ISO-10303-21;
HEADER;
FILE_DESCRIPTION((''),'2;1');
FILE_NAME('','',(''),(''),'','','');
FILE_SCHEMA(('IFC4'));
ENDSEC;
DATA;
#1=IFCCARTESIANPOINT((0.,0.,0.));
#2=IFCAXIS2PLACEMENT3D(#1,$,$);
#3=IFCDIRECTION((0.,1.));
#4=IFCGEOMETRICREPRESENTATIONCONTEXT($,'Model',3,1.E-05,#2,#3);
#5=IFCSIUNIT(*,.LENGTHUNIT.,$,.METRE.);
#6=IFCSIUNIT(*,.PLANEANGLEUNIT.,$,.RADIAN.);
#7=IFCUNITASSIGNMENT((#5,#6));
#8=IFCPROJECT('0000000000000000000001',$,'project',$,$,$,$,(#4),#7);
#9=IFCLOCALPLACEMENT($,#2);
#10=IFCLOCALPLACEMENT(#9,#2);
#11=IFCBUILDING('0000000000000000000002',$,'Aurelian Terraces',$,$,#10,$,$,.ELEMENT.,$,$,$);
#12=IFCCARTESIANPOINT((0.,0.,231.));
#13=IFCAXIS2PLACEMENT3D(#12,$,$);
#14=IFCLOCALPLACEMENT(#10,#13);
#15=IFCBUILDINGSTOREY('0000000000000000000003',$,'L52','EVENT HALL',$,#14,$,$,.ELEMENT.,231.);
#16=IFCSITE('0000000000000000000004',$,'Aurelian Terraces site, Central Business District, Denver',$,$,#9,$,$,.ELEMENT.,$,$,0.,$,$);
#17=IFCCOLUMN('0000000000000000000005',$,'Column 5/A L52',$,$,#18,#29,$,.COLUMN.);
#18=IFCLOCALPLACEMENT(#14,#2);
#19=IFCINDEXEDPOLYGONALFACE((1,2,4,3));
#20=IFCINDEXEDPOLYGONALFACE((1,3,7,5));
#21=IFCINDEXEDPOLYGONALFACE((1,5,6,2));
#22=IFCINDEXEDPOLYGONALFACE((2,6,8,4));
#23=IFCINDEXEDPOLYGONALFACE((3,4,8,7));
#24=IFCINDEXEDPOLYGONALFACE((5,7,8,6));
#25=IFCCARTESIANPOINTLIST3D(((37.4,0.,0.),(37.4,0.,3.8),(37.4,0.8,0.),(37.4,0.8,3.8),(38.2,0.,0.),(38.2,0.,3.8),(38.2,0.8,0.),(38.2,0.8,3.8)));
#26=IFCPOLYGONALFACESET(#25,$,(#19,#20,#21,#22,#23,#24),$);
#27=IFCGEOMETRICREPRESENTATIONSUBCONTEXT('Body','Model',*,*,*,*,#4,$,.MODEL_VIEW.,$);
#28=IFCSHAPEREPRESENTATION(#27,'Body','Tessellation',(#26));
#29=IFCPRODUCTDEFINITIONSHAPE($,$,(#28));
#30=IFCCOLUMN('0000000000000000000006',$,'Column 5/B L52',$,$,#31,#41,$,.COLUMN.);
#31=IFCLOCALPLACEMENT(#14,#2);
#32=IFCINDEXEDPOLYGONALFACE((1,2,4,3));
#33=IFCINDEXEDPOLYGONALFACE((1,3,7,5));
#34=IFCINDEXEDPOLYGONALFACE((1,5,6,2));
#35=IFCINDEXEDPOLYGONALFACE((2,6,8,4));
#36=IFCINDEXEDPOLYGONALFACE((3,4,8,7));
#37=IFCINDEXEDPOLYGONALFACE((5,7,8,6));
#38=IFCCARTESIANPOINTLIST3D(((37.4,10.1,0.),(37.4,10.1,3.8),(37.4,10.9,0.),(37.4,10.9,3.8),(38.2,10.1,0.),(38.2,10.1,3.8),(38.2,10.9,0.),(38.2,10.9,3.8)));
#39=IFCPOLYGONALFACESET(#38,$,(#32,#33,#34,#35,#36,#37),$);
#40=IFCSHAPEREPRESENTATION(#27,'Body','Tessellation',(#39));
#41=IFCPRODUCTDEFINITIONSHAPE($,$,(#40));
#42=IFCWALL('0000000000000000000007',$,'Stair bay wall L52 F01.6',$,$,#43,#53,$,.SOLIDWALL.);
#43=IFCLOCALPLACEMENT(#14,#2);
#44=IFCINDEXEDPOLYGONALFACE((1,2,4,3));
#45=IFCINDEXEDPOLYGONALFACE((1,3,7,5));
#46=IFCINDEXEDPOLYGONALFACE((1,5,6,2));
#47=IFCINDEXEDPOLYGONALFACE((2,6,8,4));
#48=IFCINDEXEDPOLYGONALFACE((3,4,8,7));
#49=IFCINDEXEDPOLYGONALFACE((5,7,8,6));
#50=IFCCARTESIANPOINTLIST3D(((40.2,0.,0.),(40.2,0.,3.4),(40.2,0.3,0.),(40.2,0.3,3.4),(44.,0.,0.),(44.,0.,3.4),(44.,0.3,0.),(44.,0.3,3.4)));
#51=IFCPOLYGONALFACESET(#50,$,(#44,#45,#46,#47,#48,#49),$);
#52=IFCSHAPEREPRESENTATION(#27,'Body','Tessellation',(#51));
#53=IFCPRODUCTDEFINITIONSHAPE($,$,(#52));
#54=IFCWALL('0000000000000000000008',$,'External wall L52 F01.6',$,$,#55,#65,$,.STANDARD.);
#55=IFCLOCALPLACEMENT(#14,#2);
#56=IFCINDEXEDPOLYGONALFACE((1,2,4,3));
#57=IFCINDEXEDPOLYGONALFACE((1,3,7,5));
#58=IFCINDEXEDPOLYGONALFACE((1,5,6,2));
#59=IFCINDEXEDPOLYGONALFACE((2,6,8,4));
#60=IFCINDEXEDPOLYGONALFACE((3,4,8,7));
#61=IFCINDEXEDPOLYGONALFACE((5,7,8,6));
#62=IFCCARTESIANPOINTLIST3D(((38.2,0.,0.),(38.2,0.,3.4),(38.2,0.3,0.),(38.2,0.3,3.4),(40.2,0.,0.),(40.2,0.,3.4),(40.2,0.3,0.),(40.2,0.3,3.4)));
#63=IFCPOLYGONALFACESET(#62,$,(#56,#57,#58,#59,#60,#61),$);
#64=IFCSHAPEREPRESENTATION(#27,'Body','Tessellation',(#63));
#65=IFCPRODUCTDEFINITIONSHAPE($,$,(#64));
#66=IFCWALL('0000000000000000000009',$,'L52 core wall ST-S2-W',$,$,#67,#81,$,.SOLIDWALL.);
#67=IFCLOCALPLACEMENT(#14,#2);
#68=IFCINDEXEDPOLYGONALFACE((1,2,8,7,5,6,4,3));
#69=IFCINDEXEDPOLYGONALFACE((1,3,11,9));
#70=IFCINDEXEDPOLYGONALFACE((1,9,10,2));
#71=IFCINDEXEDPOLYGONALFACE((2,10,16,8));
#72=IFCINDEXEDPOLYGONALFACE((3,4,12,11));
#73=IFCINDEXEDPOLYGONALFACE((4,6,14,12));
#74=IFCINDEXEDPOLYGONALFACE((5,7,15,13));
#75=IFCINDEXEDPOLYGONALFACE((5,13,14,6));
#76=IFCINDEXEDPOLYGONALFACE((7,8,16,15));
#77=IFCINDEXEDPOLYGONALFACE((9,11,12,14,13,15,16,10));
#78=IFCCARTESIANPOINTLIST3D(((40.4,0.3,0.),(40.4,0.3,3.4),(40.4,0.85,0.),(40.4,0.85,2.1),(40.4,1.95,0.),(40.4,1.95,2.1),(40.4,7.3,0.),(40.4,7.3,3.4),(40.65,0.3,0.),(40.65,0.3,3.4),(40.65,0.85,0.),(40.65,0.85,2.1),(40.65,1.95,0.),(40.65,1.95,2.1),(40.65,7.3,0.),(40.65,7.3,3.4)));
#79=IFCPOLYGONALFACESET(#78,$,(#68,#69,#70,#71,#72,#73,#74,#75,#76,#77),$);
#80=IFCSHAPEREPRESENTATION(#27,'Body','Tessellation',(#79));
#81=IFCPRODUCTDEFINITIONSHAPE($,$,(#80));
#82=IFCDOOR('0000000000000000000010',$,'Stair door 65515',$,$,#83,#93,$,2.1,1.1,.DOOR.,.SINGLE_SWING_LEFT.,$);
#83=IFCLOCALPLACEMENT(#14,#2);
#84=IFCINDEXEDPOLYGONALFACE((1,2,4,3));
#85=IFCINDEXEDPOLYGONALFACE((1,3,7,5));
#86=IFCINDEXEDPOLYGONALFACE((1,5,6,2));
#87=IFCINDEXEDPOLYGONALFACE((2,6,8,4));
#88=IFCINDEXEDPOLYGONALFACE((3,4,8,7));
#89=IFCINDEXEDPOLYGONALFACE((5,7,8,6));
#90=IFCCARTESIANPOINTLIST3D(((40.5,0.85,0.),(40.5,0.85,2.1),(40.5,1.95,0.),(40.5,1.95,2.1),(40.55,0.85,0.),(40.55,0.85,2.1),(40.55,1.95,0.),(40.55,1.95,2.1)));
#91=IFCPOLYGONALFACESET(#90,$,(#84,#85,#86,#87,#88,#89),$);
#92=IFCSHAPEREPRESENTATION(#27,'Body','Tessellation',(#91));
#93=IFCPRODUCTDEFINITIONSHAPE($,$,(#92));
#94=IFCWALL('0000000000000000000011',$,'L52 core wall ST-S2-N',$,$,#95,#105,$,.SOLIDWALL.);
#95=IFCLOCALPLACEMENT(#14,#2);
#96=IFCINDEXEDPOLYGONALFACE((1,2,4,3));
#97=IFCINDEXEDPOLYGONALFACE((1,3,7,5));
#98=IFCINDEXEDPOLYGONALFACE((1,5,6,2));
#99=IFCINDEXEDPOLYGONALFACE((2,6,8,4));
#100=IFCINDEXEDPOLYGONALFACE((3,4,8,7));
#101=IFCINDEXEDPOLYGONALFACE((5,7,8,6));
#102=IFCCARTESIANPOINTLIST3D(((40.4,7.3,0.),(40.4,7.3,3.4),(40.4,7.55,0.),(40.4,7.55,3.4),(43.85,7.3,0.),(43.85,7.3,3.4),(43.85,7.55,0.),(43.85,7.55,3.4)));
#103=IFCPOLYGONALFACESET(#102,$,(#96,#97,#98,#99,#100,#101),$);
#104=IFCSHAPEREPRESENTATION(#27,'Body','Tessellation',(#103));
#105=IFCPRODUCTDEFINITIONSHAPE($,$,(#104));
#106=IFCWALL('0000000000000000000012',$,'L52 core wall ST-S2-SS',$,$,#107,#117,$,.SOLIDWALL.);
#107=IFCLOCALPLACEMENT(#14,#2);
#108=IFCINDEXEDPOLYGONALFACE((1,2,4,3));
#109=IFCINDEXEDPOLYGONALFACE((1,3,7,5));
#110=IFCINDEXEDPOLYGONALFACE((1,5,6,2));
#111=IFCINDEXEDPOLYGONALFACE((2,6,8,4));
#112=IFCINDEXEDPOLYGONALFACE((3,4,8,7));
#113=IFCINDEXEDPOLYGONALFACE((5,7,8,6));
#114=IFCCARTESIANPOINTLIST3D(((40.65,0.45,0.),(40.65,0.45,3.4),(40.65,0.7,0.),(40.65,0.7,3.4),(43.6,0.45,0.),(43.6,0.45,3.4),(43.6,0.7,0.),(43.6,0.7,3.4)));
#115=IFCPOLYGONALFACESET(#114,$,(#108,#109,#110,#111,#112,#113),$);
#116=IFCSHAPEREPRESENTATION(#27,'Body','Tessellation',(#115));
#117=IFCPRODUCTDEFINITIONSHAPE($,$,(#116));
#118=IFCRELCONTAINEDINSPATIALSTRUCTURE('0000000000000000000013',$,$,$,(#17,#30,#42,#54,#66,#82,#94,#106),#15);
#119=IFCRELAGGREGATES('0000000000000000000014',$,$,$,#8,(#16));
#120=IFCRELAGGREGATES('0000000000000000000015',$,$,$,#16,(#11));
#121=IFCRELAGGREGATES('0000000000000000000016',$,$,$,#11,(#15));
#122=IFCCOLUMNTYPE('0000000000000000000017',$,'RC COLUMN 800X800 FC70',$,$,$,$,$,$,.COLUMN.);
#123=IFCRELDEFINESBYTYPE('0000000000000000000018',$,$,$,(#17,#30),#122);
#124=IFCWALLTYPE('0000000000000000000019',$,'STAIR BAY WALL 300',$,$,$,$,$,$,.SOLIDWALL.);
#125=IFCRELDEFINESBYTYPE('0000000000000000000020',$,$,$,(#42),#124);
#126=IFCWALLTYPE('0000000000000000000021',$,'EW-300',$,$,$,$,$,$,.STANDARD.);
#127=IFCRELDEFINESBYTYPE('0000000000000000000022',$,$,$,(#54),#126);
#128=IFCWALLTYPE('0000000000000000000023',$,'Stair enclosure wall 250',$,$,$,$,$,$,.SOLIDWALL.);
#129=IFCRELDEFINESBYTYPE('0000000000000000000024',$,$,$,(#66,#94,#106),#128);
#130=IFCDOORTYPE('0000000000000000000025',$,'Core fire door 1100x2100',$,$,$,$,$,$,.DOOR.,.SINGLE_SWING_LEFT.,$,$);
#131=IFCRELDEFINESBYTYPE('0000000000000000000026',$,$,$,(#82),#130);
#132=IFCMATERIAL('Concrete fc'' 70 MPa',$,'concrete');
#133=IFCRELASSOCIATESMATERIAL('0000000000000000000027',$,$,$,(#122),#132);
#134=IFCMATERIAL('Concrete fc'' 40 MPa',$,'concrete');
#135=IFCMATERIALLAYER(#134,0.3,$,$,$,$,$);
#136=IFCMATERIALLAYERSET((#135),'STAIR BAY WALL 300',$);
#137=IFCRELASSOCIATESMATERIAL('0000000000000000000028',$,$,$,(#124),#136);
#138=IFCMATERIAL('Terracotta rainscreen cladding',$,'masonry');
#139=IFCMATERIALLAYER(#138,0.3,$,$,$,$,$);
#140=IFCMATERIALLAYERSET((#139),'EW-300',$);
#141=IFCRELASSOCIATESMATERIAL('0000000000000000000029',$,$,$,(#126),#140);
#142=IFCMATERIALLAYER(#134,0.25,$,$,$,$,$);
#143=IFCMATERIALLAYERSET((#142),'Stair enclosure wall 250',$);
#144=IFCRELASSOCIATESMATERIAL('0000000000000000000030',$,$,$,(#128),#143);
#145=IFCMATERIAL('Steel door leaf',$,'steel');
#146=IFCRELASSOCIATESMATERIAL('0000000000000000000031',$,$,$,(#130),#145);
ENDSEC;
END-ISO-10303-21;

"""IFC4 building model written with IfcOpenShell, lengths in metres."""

from ifc_helpers import new_model, si_unit, direction, frame, frame_2d, origin, origin_2d, place, context, subcontext, project, spatial, rectangle, extrude, source, transform, mapped, material, layer, layer_set, material_profile, profile_set, type_object, element, fill, save


model = new_model("IFC4")

# Units and contexts
model_context = context("Model", 3, precision=1e-05, world=origin(), true_north=direction((0.0, 1.0)))
body_context = subcontext(model_context, "Body", "Model", "MODEL_VIEW")
ifc_project = project(units=[si_unit("LENGTHUNIT", "METRE"), si_unit("PLANEANGLEUNIT", "RADIAN")], contexts=[model_context])

# Site, building, storey
site_placement = place(None, origin())
site = spatial("IfcSite", under=ifc_project, at=site_placement, Name="Aurelian Terraces site, Central Business District, Denver", CompositionType="ELEMENT", RefElevation=0.0)
building_placement = place(site_placement, origin())
building = spatial("IfcBuilding", under=site, at=building_placement, Name="Aurelian Terraces", CompositionType="ELEMENT")
storey_placement = place(building_placement, frame((0.0, 0.0, 231.0)))
storey = spatial("IfcBuildingStorey", under=building, at=storey_placement, Name="L52", Description="EVENT HALL", CompositionType="ELEMENT", Elevation=231.0)

# Columns
ifc_material_1 = material(Name="Concrete fc' 70 MPa", Category="concrete")
ifc_material_profile = material_profile(ifc_material_1, rectangle(XDim=0.8, YDim=0.8, at=origin_2d()))
ifc_profile_set = profile_set([ifc_material_profile], Name="Concrete fc' 70 MPa")
column_type = type_object("IfcColumnType", Name="RC COLUMN 800X800 FC70", PredefinedType="COLUMN", material=ifc_profile_set)
shared_shape_1 = source(origin(), body_context, "Body", "SweptSolid", [
    extrude(rectangle(XDim=0.8, YDim=0.8, at=origin_2d()), origin(), (0.0, 0.0, 1.0), 3.8),
])
for number, where, z_axis, x_axis, name in (
    (1, (37.8, 0.4, 0.0), (0.0, 0.0, 1.0), (1.0, 0.0, 0.0), "Column 5/A L52"),
    (2, (37.8, 10.5, 0.0), (0.0, 0.0, 1.0), (1.0, 0.0, 0.0), "Column 5/B L52"),
):
    element("IfcColumn", number, at=place(storey_placement, frame(where, z_axis=z_axis, x_axis=x_axis)), inside=storey, type_object=column_type, Name=name, PredefinedType="COLUMN", context=body_context, shape_type="MappedRepresentation", body=[
        mapped(shared_shape_1, transform((0.0, 0.0, 0.0), scale=1.0)),
    ])

# Walls
ifc_material_2 = material(Name="Concrete fc' 40 MPa", Category="concrete")
ifc_layer_1 = layer(ifc_material_2, 0.3)
ifc_layer_set_1 = layer_set([ifc_layer_1], Name="STAIR BAY WALL 300")
wall_type_1 = type_object("IfcWallType", Name="STAIR BAY WALL 300", PredefinedType="SOLIDWALL", material=ifc_layer_set_1)
shared_shape_2 = source(origin(), body_context, "Body", "SweptSolid", [
    extrude(rectangle(XDim=3.8, YDim=0.3, at=frame_2d((1.9, 0.0))), origin(), (0.0, 0.0, 1.0), 3.4),
])
wall_1_placement = place(storey_placement, frame((40.2, 0.15, 0.0), z_axis=(0.0, 0.0, 1.0), x_axis=(1.0, 0.0, 0.0)))
element("IfcWall", 3, at=wall_1_placement, inside=storey, type_object=wall_type_1, Name="Stair bay wall L52 F01.6", PredefinedType="SOLIDWALL", context=body_context, shape_type="MappedRepresentation", body=[
    mapped(shared_shape_2, transform((0.0, 0.0, 0.0), scale=1.0)),
])
ifc_material_3 = material(Name="Terracotta rainscreen cladding", Category="masonry")
ifc_layer_2 = layer(ifc_material_3, 0.3)
ifc_layer_set_2 = layer_set([ifc_layer_2], Name="EW-300")
wall_type_2 = type_object("IfcWallType", Name="EW-300", PredefinedType="STANDARD", material=ifc_layer_set_2)
shared_shape_3 = source(origin(), body_context, "Body", "SweptSolid", [
    extrude(rectangle(XDim=2.0, YDim=0.3, at=frame_2d((1.0, 0.0))), origin(), (0.0, 0.0, 1.0), 3.4),
])
wall_2_placement = place(storey_placement, frame((38.2, 0.15, 0.0), z_axis=(0.0, 0.0, 1.0), x_axis=(1.0, 0.0, 0.0)))
element("IfcWall", 4, at=wall_2_placement, inside=storey, type_object=wall_type_2, Name="External wall L52 F01.6", PredefinedType="STANDARD", context=body_context, shape_type="MappedRepresentation", body=[
    mapped(shared_shape_3, transform((0.0, 0.0, 0.0), scale=1.0)),
])

# Wall, opening, door
ifc_layer_3 = layer(ifc_material_2, 0.25)
ifc_layer_set_3 = layer_set([ifc_layer_3], Name="Stair enclosure wall 250")
wall_type_3 = type_object("IfcWallType", Name="Stair enclosure wall 250", PredefinedType="SOLIDWALL", material=ifc_layer_set_3)
shared_shape_4 = source(origin(), body_context, "Body", "SweptSolid", [
    extrude(rectangle(XDim=7.0, YDim=0.25, at=frame_2d((3.5, 0.0))), origin(), (0.0, 0.0, 1.0), 3.4),
])
wall_3_placement = place(storey_placement, frame((40.525, 0.3, 0.0), z_axis=(0.0, 0.0, 1.0), x_axis=(0.0, 1.0, 0.0)))
wall_3 = element("IfcWall", 5, at=wall_3_placement, inside=storey, type_object=wall_type_3, Name="L52 core wall ST-S2-W", PredefinedType="SOLIDWALL", context=body_context, shape_type="MappedRepresentation", body=[
    mapped(shared_shape_4, transform((0.0, 0.0, 0.0), scale=1.0)),
])
shared_shape_5 = source(origin(), body_context, "Body", "SweptSolid", [
    extrude(rectangle(XDim=1.1, YDim=2.1, at=frame_2d((0.55, 1.05))), frame((0.0, 0.135, 0.0), z_axis=(0.0, -1.0, 0.0), x_axis=(1.0, 0.0, 0.0)), (0.0, 0.0, 1.0), 0.27),
])
opening_1_placement = place(wall_3_placement, frame((0.55, 0.0, 0.0)))
opening_1 = element("IfcOpeningElement", 6, at=opening_1_placement, cuts=wall_3, PredefinedType="OPENING", context=body_context, shape_type="MappedRepresentation", body=[
    mapped(shared_shape_5, transform((0.0, 0.0, 0.0), scale=1.0)),
])
ifc_material_4 = material(Name="Steel door leaf", Category="steel")
door_type_1 = type_object("IfcDoorType", Name="Core fire door 1100x2100", OperationType="SINGLE_SWING_LEFT", PredefinedType="DOOR", material=ifc_material_4)
shared_shape_6 = source(origin(), body_context, "Body", "SweptSolid", [
    extrude(rectangle(XDim=1.1, YDim=2.1, at=frame_2d((0.55, 1.05))), frame((0.0, 0.025, 0.0), z_axis=(0.0, -1.0, 0.0), x_axis=(1.0, 0.0, 0.0)), (0.0, 0.0, 1.0), 0.05),
])
door_1_placement = place(opening_1_placement, origin())
door_1 = element("IfcDoor", 7, at=door_1_placement, inside=storey, type_object=door_type_1, Name="Stair door 65515", OperationType="SINGLE_SWING_LEFT", OverallHeight=2.1, OverallWidth=1.1, PredefinedType="DOOR", context=body_context, shape_type="MappedRepresentation", body=[
    mapped(shared_shape_6, transform((0.0, 0.0, 0.0), scale=1.0)),
])
fill(opening_1, door_1)

# Walls
shared_shape_7 = source(origin(), body_context, "Body", "SweptSolid", [
    extrude(rectangle(XDim=3.45, YDim=0.25, at=frame_2d((1.725, 0.0))), origin(), (0.0, 0.0, 1.0), 3.4),
])
wall_4_placement = place(storey_placement, frame((40.4, 7.425, 0.0), z_axis=(0.0, 0.0, 1.0), x_axis=(1.0, 0.0, 0.0)))
element("IfcWall", 8, at=wall_4_placement, inside=storey, type_object=wall_type_3, Name="L52 core wall ST-S2-N", PredefinedType="SOLIDWALL", context=body_context, shape_type="MappedRepresentation", body=[
    mapped(shared_shape_7, transform((0.0, 0.0, 0.0), scale=1.0)),
])
shared_shape_8 = source(origin(), body_context, "Body", "SweptSolid", [
    extrude(rectangle(XDim=2.95, YDim=0.25, at=frame_2d((1.475, 0.0))), origin(), (0.0, 0.0, 1.0), 3.4),
])
wall_5_placement = place(storey_placement, frame((40.65, 0.575, 0.0), z_axis=(0.0, 0.0, 1.0), x_axis=(1.0, 0.0, 0.0)))
element("IfcWall", 9, at=wall_5_placement, inside=storey, type_object=wall_type_3, Name="L52 core wall ST-S2-SS", PredefinedType="SOLIDWALL", context=body_context, shape_type="MappedRepresentation", body=[
    mapped(shared_shape_8, transform((0.0, 0.0, 0.0), scale=1.0)),
])

save(model, "model.ifc")
